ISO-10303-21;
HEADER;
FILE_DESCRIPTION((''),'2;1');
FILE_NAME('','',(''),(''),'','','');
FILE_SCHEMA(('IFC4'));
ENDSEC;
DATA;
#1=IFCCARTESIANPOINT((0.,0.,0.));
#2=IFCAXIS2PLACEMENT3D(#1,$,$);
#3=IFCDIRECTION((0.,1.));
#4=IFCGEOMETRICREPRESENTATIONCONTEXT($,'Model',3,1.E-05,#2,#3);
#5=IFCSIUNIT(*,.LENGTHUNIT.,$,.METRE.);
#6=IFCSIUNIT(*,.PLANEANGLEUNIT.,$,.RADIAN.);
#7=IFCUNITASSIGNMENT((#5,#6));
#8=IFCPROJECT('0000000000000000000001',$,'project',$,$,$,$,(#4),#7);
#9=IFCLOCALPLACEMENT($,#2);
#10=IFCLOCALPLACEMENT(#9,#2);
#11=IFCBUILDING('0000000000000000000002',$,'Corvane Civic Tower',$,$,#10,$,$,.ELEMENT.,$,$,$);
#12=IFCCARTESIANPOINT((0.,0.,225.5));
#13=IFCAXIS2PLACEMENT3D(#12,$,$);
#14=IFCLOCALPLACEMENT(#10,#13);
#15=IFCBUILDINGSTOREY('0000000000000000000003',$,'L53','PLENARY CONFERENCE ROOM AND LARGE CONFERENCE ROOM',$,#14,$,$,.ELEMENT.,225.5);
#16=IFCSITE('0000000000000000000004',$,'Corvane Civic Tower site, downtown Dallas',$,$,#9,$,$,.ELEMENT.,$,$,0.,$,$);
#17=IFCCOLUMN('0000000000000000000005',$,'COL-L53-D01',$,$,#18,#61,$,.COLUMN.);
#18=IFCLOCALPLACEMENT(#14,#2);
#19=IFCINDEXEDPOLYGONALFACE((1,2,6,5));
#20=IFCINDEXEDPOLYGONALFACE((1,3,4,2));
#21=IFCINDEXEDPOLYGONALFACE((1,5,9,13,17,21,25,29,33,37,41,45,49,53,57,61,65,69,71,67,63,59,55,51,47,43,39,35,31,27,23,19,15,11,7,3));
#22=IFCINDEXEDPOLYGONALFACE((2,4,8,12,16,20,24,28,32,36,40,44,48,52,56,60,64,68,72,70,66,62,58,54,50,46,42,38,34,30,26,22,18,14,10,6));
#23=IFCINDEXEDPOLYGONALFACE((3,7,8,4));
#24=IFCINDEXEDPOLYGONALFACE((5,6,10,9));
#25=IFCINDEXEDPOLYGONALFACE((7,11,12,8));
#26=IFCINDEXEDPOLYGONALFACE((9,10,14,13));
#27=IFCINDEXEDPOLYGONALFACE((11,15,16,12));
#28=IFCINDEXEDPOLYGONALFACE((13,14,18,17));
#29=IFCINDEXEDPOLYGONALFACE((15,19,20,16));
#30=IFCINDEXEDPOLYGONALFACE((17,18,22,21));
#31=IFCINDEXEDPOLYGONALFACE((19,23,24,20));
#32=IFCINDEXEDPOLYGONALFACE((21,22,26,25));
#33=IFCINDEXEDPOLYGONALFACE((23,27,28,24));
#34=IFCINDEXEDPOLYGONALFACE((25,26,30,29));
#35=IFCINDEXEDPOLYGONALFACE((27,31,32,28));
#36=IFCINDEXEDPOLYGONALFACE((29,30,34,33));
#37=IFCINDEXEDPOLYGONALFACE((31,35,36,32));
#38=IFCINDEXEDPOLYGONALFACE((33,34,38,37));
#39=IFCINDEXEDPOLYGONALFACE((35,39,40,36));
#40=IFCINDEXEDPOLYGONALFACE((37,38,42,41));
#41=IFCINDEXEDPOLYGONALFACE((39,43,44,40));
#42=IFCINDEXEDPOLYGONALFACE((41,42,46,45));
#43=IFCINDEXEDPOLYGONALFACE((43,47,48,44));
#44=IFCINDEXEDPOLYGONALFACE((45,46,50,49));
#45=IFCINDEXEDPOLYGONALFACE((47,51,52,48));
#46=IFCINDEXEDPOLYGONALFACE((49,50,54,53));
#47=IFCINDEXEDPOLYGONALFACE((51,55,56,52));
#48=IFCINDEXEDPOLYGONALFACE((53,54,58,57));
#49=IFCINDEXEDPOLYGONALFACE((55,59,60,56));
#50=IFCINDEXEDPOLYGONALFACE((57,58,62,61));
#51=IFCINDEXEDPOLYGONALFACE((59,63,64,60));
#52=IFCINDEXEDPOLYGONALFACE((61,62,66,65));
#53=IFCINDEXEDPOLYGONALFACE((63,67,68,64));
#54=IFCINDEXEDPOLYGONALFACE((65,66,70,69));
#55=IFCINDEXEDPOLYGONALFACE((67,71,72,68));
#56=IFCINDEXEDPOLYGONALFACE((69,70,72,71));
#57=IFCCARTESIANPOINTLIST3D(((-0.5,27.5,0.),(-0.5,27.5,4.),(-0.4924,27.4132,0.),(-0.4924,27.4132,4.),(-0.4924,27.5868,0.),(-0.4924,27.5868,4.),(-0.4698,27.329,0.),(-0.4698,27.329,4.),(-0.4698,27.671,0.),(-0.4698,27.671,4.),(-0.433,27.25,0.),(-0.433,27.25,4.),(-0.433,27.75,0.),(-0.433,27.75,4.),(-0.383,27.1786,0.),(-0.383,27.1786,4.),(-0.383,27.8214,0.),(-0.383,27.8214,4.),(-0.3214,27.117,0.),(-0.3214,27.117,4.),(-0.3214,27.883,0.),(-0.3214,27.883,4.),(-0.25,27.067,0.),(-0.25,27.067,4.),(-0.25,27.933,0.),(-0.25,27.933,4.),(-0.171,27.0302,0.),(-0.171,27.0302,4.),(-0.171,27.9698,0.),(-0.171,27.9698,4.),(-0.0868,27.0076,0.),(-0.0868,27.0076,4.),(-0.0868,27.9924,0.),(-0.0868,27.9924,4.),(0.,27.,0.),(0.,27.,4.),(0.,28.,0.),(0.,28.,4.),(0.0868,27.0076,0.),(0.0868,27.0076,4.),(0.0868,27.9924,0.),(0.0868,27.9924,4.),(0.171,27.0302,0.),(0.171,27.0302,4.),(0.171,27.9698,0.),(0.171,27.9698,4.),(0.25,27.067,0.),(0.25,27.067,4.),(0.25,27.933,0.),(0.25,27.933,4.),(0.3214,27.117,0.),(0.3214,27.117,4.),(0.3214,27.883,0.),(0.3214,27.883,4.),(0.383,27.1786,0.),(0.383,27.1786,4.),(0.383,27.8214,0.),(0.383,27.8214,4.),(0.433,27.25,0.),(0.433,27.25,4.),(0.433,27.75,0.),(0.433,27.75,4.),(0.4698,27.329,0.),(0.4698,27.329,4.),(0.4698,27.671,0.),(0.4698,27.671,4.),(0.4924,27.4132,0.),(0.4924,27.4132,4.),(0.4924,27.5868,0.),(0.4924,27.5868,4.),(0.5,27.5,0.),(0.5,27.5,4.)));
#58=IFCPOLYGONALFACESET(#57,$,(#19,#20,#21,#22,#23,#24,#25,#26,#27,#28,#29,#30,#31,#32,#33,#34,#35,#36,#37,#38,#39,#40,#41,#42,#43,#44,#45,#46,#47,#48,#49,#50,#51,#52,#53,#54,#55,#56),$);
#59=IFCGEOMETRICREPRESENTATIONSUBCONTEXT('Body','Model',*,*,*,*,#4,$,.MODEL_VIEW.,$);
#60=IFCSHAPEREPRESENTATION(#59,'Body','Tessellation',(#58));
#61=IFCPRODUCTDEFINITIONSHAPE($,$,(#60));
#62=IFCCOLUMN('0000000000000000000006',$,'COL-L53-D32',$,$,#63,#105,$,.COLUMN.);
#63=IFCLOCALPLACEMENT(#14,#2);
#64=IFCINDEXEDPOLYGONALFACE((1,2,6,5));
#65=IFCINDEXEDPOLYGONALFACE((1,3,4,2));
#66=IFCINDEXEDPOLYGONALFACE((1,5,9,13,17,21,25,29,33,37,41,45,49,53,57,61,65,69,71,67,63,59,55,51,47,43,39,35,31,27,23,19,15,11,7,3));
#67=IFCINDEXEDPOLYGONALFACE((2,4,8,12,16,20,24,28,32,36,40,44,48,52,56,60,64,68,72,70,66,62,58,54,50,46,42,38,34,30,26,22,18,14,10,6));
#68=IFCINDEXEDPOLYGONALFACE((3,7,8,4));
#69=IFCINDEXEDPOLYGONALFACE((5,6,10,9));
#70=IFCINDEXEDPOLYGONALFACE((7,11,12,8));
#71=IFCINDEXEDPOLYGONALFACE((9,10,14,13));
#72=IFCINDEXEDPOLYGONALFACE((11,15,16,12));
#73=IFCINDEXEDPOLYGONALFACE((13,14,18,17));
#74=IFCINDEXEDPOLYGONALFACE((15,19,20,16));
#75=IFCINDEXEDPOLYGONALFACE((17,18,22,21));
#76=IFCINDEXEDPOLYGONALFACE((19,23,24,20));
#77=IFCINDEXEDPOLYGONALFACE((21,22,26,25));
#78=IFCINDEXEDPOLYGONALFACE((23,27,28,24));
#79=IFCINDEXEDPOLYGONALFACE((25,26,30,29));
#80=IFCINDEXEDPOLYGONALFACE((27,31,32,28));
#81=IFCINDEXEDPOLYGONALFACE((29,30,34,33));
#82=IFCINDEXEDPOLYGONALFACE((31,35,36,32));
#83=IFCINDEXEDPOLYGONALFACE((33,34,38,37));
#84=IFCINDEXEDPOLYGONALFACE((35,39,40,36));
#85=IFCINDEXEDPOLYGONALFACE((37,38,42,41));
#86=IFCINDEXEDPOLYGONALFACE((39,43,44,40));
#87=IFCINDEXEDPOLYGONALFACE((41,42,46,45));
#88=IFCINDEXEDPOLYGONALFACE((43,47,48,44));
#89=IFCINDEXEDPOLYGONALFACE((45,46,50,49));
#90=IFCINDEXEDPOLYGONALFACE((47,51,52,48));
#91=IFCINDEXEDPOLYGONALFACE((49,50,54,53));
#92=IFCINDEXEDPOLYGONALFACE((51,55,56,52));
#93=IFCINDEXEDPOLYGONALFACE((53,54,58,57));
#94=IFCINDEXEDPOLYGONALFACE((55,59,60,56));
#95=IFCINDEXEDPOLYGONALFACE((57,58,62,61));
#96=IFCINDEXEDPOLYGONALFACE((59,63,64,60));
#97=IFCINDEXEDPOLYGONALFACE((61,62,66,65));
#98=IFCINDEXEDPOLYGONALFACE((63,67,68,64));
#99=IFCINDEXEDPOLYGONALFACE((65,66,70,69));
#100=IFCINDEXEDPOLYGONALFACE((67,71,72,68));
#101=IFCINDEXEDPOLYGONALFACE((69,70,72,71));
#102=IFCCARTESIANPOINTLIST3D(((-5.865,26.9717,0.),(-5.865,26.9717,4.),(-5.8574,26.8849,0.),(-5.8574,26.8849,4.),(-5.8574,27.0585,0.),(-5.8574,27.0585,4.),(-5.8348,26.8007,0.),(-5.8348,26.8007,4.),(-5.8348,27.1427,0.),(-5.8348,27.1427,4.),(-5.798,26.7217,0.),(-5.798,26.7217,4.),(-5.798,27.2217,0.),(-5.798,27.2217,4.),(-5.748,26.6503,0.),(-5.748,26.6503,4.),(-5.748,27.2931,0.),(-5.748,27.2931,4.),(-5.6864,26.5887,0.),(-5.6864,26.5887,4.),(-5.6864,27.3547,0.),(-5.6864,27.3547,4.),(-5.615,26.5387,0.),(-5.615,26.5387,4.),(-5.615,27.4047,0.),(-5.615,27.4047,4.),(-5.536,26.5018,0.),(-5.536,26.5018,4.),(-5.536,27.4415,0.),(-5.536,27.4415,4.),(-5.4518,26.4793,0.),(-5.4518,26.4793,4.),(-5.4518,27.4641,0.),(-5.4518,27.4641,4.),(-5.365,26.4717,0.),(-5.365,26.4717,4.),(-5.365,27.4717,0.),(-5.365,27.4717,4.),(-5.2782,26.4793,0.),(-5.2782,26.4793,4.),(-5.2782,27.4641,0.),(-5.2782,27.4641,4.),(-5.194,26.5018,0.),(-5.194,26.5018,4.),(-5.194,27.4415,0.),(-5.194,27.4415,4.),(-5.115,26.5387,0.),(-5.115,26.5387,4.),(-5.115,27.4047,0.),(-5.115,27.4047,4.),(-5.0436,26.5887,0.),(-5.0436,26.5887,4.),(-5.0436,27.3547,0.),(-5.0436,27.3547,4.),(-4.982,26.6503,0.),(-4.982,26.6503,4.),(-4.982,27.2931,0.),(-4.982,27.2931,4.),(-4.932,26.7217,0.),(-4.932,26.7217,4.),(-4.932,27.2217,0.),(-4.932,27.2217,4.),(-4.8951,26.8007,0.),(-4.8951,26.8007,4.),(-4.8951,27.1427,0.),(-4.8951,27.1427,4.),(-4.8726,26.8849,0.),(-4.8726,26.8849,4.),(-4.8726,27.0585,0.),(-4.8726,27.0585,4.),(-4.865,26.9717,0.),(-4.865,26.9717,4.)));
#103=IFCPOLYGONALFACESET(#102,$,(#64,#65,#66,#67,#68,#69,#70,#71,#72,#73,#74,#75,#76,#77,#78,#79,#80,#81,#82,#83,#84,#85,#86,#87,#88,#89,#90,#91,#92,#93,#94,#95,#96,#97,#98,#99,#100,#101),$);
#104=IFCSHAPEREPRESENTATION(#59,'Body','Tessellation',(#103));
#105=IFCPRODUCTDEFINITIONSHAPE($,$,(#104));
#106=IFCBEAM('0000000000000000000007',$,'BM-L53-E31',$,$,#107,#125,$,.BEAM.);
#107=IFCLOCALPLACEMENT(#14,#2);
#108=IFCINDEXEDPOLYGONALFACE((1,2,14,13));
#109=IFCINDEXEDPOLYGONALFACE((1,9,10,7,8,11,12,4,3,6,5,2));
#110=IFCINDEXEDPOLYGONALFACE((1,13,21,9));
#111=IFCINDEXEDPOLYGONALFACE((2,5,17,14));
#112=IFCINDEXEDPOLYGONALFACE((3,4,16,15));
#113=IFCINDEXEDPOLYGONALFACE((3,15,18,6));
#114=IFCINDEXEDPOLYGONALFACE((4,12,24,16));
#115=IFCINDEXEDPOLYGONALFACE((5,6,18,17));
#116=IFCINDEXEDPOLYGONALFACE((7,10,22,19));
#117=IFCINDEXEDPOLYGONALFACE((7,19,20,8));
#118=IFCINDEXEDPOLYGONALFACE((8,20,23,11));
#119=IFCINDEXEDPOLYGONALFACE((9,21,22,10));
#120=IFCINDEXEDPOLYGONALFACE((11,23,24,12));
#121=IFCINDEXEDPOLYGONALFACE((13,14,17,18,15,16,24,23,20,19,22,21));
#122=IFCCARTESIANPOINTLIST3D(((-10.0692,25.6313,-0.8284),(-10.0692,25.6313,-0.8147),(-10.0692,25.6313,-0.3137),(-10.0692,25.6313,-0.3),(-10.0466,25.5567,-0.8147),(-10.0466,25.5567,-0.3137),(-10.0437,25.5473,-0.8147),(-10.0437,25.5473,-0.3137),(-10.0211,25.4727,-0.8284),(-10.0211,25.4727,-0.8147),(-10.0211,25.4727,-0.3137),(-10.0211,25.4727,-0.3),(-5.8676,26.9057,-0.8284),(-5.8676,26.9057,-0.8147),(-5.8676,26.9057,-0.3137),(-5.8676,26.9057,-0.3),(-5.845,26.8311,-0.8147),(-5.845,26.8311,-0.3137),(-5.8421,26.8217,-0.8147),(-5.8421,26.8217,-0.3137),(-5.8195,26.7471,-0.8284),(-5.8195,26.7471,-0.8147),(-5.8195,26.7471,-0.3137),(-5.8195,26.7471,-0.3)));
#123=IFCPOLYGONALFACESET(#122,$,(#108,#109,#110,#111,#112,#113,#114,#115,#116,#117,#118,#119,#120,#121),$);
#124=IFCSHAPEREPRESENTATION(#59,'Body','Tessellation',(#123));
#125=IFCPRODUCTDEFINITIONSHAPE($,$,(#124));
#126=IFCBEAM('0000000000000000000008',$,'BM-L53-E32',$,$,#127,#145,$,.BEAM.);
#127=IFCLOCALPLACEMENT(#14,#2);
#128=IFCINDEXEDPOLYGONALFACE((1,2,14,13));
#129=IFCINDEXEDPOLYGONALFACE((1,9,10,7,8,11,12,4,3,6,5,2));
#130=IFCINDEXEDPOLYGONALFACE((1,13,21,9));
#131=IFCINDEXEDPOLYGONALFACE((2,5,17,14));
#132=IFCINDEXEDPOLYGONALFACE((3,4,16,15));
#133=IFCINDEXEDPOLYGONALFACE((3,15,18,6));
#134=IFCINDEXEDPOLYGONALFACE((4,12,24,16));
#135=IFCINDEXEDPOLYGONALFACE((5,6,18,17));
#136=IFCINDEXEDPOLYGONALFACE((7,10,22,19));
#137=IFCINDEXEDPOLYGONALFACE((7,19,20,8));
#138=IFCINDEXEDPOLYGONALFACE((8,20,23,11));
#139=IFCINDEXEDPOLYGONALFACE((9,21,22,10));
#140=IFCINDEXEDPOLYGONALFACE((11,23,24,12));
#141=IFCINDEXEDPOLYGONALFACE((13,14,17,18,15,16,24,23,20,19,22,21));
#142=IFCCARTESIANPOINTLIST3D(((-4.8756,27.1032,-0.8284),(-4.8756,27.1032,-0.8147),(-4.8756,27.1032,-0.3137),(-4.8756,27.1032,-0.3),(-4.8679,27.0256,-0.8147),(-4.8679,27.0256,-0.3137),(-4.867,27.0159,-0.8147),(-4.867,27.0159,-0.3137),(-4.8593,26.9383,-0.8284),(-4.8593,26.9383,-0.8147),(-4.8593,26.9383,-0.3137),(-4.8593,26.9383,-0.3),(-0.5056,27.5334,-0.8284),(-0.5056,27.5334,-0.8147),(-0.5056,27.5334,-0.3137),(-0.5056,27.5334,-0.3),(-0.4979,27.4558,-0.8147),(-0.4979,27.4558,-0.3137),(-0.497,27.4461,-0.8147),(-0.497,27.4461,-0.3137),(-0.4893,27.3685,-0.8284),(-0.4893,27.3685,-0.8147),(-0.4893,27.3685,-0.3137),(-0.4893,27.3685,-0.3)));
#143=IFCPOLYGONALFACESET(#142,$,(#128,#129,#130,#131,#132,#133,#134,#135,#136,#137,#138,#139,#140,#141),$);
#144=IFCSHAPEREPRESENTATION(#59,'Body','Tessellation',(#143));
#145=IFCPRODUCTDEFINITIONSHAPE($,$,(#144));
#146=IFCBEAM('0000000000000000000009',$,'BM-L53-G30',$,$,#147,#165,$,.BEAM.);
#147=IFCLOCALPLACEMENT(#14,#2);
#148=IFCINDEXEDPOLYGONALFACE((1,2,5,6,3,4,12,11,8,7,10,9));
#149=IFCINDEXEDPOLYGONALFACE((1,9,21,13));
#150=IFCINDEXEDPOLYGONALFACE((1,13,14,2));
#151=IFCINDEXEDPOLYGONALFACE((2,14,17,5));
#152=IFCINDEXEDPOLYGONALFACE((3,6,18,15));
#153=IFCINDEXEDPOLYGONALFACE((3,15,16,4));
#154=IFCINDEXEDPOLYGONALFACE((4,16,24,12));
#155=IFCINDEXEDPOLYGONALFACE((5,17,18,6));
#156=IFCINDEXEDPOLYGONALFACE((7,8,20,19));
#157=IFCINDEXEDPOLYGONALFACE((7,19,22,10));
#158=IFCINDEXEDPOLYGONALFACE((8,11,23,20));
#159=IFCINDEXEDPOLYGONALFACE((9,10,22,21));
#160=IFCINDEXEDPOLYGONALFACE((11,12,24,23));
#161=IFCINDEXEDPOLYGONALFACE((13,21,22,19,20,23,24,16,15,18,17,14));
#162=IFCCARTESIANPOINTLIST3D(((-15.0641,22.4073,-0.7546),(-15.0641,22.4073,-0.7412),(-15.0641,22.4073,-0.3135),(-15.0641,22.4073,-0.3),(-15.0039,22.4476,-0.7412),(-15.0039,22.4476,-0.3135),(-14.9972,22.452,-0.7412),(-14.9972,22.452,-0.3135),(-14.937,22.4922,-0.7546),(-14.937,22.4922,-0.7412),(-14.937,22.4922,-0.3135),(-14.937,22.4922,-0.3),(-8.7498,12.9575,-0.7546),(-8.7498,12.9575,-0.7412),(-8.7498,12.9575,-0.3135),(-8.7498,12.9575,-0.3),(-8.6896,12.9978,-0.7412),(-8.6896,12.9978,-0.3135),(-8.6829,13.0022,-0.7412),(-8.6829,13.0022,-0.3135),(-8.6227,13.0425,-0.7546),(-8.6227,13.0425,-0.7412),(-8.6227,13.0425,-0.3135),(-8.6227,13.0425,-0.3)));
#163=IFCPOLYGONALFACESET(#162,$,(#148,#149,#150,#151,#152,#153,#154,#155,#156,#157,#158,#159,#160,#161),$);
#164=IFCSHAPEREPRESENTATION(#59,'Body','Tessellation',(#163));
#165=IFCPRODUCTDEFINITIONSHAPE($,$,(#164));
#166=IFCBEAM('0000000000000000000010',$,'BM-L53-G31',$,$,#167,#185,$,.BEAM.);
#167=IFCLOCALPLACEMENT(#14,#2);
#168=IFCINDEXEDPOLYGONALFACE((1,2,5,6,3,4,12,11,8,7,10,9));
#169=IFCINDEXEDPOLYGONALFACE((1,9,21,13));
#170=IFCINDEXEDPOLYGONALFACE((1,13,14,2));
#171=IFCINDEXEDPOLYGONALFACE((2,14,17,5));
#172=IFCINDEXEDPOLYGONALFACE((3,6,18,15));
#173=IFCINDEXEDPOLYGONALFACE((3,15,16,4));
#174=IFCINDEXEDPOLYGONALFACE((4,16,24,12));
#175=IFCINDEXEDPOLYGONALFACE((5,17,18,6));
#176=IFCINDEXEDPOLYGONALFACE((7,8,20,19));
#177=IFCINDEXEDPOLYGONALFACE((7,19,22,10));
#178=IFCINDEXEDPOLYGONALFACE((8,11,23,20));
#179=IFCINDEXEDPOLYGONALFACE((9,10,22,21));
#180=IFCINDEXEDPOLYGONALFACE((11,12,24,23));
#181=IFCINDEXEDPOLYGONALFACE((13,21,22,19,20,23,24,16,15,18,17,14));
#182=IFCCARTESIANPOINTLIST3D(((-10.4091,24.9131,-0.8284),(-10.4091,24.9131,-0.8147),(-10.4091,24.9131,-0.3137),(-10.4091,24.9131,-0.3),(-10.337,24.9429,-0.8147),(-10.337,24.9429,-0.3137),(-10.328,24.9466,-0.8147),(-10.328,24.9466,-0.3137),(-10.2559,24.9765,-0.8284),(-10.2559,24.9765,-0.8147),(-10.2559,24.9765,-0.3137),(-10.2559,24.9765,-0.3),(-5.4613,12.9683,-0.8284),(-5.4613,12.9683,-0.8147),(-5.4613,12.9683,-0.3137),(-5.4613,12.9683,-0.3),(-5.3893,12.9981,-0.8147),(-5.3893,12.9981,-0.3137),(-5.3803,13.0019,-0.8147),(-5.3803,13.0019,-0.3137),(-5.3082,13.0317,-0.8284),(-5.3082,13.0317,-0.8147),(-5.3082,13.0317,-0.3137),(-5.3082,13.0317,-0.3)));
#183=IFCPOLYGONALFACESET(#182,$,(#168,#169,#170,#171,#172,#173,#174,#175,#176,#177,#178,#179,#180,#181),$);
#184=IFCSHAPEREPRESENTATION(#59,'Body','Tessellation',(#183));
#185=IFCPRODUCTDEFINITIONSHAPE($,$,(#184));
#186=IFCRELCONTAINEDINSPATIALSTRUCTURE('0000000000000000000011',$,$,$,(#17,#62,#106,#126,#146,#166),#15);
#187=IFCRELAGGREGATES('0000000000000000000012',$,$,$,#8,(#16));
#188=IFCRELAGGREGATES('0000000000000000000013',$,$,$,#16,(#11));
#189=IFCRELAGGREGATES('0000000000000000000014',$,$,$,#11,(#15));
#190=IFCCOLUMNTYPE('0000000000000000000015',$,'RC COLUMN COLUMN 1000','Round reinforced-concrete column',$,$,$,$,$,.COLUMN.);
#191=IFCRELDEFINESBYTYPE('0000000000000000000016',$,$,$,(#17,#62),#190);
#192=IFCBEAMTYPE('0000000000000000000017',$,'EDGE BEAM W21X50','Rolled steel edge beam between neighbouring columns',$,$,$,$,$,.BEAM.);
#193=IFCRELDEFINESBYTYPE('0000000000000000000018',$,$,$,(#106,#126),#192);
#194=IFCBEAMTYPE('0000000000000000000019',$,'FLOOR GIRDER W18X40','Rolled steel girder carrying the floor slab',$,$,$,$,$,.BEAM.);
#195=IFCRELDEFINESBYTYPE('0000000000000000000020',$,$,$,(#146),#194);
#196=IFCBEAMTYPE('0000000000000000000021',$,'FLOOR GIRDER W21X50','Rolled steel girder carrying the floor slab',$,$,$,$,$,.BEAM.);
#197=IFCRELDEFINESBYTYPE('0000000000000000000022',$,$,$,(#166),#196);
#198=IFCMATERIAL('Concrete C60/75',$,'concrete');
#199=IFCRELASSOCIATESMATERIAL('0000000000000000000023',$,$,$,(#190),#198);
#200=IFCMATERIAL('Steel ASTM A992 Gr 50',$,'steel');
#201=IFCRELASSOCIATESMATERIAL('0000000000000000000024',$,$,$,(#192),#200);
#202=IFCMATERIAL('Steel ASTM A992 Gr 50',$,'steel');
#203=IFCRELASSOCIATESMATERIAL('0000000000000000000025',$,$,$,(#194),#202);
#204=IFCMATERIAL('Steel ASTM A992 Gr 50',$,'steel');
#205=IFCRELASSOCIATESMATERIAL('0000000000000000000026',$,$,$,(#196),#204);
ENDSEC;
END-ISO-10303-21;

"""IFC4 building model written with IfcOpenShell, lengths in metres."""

from ifc_helpers import new_model, si_unit, direction, frame, origin, origin_2d, place, context, subcontext, project, spatial, circle, i_section, extrude, material, material_profile, profile_set, type_object, element, save


model = new_model("IFC4")

# Units and contexts
model_context = context("Model", 3, precision=1e-05, world=origin(), true_north=direction((0.0, 1.0)))
body_context = subcontext(model_context, "Body", "Model", "MODEL_VIEW")
ifc_project = project(units=[si_unit("LENGTHUNIT", "METRE"), si_unit("PLANEANGLEUNIT", "RADIAN")], contexts=[model_context])

# Site, building, storey
site_placement = place(None, origin())
site = spatial("IfcSite", under=ifc_project, at=site_placement, Name="Corvane Civic Tower site, downtown Dallas", CompositionType="ELEMENT", RefElevation=0.0)
building_placement = place(site_placement, origin())
building = spatial("IfcBuilding", under=site, at=building_placement, Name="Corvane Civic Tower", CompositionType="ELEMENT")
storey_placement = place(building_placement, frame((0.0, 0.0, 225.5)))
storey = spatial("IfcBuildingStorey", under=building, at=storey_placement, Name="L53", Description="PLENARY CONFERENCE ROOM AND LARGE CONFERENCE ROOM", CompositionType="ELEMENT", Elevation=225.5)

# Columns
ifc_material_1 = material(Name="Concrete C60/75", Category="concrete")
ifc_material_profile_1 = material_profile(ifc_material_1, circle(Radius=0.5, at=origin_2d()), Name="COLUMN 1000")
ifc_profile_set_1 = profile_set([ifc_material_profile_1], Name="Concrete C60/75")
column_type = type_object("IfcColumnType", Name="RC COLUMN COLUMN 1000", Description="Round reinforced-concrete column", PredefinedType="COLUMN", material=ifc_profile_set_1)
for number, where, z_axis, x_axis, name in (
    (1, (0.0, 27.5, 0.0), (0.0, 0.0, 1.0), (1.0, 0.0, 0.0), "COL-L53-D01"),
    (2, (-5.365, 26.9717, 0.0), (0.0, 0.0, 1.0), (1.0, 0.0, 0.0), "COL-L53-D32"),
):
    element("IfcColumn", number, at=place(storey_placement, frame(where, z_axis=z_axis, x_axis=x_axis)), inside=storey, type_object=column_type, Name=name, PredefinedType="COLUMN", context=body_context, shape_type="SweptSolid", body=[
        extrude(circle(Radius=0.5, at=origin_2d()), origin(), (0.0, 0.0, 1.0), 4.0),
    ])

# Beams
ifc_material_2 = material(Name="Steel ASTM A992 Gr 50", Category="steel")
ifc_material_profile_2 = material_profile(ifc_material_2, i_section(OverallWidth=0.1658, OverallDepth=0.5283, WebThickness=0.0098, FlangeThickness=0.0137, at=origin_2d()), Name="W21X50")
ifc_profile_set_2 = profile_set([ifc_material_profile_2], Name="Steel ASTM A992 Gr 50")
beam_type_1 = type_object("IfcBeamType", Name="EDGE BEAM W21X50", Description="Rolled steel edge beam between neighbouring columns", PredefinedType="BEAM", material=ifc_profile_set_2)
beam_1_placement = place(storey_placement, frame((-10.0452, 25.552, -0.5642), z_axis=(0.95695, 0.290254, 0.0), x_axis=(-0.290254, 0.95695, 0.0)))
element("IfcBeam", 3, at=beam_1_placement, inside=storey, type_object=beam_type_1, Name="BM-L53-E31", PredefinedType="BEAM", context=body_context, shape_type="SweptSolid", body=[
    extrude(i_section(OverallWidth=0.1658, OverallDepth=0.5283, WebThickness=0.0098, FlangeThickness=0.0137, at=origin_2d()), origin(), (0.0, 0.0, 1.0), 4.3906),
])
beam_2_placement = place(storey_placement, frame((-4.8674, 27.0208, -0.5642), z_axis=(0.99519, 0.097968, 0.0), x_axis=(-0.097968, 0.99519, 0.0)))
element("IfcBeam", 4, at=beam_2_placement, inside=storey, type_object=beam_type_1, Name="BM-L53-E32", PredefinedType="BEAM", context=body_context, shape_type="SweptSolid", body=[
    extrude(i_section(OverallWidth=0.1658, OverallDepth=0.5283, WebThickness=0.0098, FlangeThickness=0.0137, at=origin_2d()), origin(), (0.0, 0.0, 1.0), 4.3911),
])
ifc_material_3 = material(Name="Steel ASTM A992 Gr 50", Category="steel")
ifc_material_profile_3 = material_profile(ifc_material_3, i_section(OverallWidth=0.1528, OverallDepth=0.4546, WebThickness=0.0081, FlangeThickness=0.0134, at=origin_2d()), Name="W18X40")
ifc_profile_set_3 = profile_set([ifc_material_profile_3], Name="Steel ASTM A992 Gr 50")
beam_type_2 = type_object("IfcBeamType", Name="FLOOR GIRDER W18X40", Description="Rolled steel girder carrying the floor slab", PredefinedType="BEAM", material=ifc_profile_set_3)
beam_3_placement = place(storey_placement, frame((-8.6863, 13.0, -0.5273), z_axis=(-0.555577, 0.831465, 0.0), x_axis=(-0.831465, -0.555577, 0.0)))
element("IfcBeam", 5, at=beam_3_placement, inside=storey, type_object=beam_type_2, Name="BM-L53-G30", PredefinedType="BEAM", context=body_context, shape_type="SweptSolid", body=[
    extrude(i_section(OverallWidth=0.1528, OverallDepth=0.4546, WebThickness=0.0081, FlangeThickness=0.0134, at=origin_2d()), origin(), (0.0, 0.0, 1.0), 11.3652),
])
ifc_material_4 = material(Name="Steel ASTM A992 Gr 50", Category="steel")
ifc_material_profile_4 = material_profile(ifc_material_4, i_section(OverallWidth=0.1658, OverallDepth=0.5283, WebThickness=0.0098, FlangeThickness=0.0137, at=origin_2d()), Name="W21X50")
ifc_profile_set_4 = profile_set([ifc_material_profile_4], Name="Steel ASTM A992 Gr 50")
beam_type_3 = type_object("IfcBeamType", Name="FLOOR GIRDER W21X50", Description="Rolled steel girder carrying the floor slab", PredefinedType="BEAM", material=ifc_profile_set_4)
beam_4_placement = place(storey_placement, frame((-5.3848, 13.0, -0.5642), z_axis=(-0.382686, 0.923878, 0.0), x_axis=(-0.923878, -0.382686, 0.0)))
element("IfcBeam", 6, at=beam_4_placement, inside=storey, type_object=beam_type_3, Name="BM-L53-G31", PredefinedType="BEAM", context=body_context, shape_type="SweptSolid", body=[
    extrude(i_section(OverallWidth=0.1658, OverallDepth=0.5283, WebThickness=0.0098, FlangeThickness=0.0137, at=origin_2d()), origin(), (0.0, 0.0, 1.0), 12.929),
])

save(model, "model.ifc")
